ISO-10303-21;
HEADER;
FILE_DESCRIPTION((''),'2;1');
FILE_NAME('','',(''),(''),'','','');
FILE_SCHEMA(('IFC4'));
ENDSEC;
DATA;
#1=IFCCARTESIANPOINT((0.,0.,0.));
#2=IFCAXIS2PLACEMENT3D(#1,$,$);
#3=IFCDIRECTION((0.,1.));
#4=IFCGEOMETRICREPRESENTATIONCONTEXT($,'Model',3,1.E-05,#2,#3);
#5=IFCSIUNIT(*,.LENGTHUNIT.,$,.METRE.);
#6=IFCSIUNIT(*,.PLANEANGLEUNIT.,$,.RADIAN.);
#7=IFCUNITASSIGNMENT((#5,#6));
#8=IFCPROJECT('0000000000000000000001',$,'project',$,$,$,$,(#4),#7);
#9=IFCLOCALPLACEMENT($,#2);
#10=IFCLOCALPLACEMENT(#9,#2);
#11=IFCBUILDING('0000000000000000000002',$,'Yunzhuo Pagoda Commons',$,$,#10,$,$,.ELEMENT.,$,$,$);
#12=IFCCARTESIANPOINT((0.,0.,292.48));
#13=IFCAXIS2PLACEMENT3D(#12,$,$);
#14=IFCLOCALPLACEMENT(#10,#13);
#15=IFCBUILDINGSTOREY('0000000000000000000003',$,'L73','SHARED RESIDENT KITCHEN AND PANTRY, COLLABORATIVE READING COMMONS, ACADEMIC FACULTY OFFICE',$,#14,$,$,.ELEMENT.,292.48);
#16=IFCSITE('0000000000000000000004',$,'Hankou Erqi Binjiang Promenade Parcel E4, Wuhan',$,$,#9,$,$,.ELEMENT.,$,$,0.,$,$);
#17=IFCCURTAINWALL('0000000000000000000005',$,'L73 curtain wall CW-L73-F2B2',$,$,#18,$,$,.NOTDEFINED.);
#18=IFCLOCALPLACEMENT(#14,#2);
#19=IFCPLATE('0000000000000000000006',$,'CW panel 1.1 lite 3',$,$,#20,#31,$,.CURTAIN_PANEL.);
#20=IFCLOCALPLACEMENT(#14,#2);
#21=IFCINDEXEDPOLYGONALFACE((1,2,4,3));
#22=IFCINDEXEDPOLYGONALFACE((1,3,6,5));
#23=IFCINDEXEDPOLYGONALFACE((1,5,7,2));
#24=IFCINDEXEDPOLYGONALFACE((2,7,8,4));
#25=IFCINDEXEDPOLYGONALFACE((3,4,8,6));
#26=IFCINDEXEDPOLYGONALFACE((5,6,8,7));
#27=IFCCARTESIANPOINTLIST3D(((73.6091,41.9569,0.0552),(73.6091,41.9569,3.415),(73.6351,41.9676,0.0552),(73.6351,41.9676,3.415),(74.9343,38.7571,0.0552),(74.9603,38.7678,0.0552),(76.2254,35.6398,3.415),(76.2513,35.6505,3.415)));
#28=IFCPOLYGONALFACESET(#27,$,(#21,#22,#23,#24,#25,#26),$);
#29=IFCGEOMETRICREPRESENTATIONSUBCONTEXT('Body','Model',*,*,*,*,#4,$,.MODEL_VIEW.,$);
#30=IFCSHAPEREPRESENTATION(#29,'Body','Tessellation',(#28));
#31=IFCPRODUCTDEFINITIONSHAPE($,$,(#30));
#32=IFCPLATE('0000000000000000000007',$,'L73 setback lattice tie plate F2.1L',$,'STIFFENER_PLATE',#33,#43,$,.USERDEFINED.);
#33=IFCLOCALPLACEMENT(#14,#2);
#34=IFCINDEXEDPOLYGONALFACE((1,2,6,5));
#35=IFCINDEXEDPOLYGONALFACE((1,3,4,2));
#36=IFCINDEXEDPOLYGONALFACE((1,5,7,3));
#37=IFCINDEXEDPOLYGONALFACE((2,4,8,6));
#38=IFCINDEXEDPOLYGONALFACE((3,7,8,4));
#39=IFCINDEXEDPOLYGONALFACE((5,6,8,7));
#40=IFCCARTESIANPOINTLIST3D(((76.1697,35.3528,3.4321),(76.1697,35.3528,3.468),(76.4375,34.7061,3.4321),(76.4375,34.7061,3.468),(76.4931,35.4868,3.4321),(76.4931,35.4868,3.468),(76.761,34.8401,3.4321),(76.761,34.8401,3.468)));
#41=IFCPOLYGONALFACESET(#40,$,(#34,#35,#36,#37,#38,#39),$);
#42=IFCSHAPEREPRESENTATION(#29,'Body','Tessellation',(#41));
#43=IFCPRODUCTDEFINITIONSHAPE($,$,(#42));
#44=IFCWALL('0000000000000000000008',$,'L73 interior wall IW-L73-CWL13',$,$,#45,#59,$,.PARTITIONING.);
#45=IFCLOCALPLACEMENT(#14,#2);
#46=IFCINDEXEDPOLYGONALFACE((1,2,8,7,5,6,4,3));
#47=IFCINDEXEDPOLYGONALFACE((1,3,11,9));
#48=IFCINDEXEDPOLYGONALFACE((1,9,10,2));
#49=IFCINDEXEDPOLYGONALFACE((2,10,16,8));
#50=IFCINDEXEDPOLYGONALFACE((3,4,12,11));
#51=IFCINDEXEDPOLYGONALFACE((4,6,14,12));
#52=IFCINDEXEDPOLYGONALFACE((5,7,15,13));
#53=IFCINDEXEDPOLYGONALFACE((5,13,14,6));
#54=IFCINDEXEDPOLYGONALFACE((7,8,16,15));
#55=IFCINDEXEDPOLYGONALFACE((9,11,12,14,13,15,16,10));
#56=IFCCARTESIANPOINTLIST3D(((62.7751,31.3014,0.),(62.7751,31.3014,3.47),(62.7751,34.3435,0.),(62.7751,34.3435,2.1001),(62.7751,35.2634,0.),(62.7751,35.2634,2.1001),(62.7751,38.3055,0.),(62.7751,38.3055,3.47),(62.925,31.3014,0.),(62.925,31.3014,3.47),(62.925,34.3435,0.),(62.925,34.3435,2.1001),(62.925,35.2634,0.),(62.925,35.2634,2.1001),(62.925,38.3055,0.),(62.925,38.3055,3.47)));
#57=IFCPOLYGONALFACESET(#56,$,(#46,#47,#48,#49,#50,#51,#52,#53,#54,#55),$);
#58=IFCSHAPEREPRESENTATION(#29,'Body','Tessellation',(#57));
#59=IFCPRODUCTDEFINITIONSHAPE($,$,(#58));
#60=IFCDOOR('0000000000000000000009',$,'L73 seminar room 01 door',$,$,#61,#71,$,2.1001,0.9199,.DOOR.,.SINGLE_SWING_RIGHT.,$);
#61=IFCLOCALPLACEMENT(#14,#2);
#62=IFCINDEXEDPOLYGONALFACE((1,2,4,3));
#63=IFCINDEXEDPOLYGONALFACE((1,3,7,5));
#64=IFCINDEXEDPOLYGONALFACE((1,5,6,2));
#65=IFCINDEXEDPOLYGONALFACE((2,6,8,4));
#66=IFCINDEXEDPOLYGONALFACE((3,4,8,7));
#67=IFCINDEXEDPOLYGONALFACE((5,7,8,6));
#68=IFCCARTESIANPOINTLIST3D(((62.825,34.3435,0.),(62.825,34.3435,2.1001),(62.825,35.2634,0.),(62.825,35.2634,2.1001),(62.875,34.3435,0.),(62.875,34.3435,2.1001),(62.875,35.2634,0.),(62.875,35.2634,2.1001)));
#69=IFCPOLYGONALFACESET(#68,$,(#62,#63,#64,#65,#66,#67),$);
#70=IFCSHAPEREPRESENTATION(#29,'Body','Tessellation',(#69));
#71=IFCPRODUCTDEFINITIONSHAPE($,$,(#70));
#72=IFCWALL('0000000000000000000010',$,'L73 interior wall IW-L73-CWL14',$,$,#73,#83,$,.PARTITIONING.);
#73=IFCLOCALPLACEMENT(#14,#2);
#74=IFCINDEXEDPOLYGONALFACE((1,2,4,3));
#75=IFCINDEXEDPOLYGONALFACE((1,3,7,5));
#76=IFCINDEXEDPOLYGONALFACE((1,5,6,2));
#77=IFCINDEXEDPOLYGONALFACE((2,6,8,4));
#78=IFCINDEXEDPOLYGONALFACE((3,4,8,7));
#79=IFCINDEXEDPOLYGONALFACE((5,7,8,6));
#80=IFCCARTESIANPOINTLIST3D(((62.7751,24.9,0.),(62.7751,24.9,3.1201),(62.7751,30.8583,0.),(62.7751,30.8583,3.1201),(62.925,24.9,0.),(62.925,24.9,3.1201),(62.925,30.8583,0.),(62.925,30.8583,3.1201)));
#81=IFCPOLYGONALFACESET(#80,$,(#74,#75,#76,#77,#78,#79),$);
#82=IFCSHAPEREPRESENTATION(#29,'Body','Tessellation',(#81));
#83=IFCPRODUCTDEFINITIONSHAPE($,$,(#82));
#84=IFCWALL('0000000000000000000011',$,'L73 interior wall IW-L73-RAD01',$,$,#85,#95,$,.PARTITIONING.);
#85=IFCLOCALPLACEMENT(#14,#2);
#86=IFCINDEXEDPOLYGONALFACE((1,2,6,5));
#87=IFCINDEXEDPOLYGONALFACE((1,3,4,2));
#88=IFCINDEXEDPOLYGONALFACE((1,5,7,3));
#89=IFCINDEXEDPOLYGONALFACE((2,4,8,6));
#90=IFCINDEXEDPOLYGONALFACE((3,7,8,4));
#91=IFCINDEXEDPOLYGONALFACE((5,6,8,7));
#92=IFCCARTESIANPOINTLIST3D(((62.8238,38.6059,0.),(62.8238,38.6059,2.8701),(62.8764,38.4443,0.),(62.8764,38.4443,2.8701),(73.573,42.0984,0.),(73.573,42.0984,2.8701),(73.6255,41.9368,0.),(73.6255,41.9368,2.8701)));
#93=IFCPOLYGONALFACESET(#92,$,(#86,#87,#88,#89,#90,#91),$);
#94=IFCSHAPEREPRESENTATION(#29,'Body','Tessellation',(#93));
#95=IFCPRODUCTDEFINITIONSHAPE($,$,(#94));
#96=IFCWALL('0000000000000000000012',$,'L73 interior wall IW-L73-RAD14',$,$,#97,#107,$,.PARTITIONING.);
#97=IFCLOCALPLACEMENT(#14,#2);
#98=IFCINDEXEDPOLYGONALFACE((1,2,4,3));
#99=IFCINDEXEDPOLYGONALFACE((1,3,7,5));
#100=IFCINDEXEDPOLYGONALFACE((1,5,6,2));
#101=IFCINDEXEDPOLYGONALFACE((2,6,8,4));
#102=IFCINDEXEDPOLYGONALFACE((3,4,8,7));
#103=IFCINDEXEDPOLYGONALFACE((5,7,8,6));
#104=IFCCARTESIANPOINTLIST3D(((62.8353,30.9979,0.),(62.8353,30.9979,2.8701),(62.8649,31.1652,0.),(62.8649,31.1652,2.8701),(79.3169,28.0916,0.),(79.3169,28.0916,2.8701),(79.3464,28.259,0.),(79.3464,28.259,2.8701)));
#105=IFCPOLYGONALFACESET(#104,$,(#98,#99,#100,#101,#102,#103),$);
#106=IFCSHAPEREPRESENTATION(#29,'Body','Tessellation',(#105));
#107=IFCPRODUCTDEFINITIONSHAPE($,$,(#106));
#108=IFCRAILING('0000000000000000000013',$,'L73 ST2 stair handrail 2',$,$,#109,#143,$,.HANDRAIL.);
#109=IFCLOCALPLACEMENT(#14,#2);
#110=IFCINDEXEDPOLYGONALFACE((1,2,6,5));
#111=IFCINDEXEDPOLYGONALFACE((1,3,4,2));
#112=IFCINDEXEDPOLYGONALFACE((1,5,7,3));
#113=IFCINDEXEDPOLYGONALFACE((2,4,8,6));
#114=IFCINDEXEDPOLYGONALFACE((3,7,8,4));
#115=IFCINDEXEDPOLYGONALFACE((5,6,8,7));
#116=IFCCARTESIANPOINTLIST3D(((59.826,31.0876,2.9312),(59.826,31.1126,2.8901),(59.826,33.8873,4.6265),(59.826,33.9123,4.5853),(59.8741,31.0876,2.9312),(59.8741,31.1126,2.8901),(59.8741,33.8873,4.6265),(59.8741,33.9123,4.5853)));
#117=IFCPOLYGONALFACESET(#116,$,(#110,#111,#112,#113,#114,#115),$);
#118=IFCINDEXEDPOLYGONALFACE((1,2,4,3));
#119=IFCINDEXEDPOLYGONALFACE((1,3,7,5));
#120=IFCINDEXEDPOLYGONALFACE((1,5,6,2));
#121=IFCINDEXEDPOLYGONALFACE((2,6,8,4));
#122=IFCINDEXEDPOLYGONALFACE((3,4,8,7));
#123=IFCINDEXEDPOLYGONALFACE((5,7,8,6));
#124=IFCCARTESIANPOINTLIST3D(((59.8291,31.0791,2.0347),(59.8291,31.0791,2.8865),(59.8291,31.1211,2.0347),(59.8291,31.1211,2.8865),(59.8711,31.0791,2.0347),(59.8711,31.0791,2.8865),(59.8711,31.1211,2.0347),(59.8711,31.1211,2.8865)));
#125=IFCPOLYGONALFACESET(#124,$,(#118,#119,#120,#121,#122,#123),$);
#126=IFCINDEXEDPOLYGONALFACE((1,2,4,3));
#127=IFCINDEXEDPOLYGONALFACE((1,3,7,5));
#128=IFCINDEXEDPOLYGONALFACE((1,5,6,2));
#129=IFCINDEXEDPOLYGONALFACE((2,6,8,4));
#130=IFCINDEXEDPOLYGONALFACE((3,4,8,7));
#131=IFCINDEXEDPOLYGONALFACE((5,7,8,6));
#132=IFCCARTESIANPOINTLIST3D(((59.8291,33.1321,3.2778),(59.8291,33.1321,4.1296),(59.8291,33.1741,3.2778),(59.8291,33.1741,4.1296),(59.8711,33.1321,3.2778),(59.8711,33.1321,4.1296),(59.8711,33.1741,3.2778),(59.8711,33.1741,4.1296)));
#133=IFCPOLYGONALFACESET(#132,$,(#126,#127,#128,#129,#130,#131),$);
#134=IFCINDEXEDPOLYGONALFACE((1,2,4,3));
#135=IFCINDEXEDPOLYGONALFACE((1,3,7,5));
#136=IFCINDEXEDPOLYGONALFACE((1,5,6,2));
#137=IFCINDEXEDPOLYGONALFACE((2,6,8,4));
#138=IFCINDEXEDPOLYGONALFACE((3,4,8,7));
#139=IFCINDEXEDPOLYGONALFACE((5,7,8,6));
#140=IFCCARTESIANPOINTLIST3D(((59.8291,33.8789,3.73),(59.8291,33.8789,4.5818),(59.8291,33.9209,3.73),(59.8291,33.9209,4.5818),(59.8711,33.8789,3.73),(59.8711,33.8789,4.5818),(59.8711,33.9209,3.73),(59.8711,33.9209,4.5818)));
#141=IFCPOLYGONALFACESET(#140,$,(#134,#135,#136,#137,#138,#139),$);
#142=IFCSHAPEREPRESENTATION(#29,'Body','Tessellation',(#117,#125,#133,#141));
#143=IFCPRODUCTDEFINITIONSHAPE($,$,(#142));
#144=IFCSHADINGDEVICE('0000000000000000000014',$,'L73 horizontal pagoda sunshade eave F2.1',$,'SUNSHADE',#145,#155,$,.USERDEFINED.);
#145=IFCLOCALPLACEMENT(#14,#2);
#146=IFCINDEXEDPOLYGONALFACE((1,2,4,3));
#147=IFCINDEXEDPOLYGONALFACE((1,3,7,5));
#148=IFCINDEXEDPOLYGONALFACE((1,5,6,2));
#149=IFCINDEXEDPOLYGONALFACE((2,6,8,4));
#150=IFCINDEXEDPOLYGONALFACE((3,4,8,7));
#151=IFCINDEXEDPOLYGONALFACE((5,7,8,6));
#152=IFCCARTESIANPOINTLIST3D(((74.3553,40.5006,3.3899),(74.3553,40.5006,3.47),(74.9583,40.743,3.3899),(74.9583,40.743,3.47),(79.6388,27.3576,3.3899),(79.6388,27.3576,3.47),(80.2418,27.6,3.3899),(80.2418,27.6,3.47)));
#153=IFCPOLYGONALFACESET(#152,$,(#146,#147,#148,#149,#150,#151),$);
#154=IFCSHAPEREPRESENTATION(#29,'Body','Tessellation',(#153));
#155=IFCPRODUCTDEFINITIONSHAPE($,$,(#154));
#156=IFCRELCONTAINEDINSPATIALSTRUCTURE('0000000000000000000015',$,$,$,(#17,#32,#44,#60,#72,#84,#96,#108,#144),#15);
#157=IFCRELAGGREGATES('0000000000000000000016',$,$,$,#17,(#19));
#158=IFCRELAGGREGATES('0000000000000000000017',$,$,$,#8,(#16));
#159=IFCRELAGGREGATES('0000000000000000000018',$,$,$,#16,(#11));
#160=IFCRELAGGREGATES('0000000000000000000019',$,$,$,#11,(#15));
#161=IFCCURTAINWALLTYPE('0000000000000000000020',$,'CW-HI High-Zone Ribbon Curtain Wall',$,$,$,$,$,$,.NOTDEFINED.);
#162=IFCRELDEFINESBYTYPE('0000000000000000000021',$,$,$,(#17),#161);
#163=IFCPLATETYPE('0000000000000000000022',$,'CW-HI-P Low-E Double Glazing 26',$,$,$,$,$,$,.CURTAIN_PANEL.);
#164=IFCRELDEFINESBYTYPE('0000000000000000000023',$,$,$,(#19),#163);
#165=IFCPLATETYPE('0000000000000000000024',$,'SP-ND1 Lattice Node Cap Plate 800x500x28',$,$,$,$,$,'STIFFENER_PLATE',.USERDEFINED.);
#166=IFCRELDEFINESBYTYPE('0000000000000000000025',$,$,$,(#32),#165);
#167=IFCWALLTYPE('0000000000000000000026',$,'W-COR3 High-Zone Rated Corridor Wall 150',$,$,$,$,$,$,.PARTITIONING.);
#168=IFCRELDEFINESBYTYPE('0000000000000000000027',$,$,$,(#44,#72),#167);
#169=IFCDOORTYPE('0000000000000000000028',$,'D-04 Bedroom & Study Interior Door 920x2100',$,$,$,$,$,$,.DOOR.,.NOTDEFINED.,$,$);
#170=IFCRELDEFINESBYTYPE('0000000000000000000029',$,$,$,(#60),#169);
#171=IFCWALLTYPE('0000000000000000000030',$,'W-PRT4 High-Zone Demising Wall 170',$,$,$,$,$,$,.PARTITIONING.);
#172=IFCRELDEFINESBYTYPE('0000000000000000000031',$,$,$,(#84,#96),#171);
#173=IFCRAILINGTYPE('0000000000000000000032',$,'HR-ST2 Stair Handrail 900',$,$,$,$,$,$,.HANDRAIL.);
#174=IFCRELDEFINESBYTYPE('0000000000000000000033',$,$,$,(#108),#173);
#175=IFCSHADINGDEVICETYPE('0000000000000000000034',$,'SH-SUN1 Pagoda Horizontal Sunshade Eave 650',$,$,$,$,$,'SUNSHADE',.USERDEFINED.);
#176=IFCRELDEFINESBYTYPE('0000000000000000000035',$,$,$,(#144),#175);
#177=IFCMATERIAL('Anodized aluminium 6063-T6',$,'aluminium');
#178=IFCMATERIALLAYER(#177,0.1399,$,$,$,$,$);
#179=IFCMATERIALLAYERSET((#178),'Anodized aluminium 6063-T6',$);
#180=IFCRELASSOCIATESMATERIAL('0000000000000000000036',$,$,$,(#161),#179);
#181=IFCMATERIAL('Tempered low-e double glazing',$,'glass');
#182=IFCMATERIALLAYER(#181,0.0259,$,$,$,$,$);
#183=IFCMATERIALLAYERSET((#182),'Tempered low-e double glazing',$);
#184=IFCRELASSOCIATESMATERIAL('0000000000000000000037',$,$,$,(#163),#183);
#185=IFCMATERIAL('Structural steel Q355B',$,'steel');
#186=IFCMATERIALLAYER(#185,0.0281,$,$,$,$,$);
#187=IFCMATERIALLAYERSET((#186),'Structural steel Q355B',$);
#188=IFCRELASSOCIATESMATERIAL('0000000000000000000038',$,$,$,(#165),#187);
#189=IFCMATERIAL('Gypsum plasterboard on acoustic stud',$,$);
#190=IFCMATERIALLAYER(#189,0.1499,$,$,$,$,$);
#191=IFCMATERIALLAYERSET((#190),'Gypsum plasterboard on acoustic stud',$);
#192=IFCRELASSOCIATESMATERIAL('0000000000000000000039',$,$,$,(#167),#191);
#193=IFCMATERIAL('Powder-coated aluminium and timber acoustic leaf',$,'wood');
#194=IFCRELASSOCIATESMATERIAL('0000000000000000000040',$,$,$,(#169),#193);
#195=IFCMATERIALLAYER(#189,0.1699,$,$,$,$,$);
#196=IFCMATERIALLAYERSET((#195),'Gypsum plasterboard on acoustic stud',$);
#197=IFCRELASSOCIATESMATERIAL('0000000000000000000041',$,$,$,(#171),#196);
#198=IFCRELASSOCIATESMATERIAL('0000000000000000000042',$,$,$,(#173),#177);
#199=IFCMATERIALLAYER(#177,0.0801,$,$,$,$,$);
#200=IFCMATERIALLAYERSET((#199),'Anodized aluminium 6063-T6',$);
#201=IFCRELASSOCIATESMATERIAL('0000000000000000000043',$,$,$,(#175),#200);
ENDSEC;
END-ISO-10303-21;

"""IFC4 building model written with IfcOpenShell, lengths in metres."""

from ifc_helpers import new_model, si_unit, direction, frame, frame_2d, origin, origin_with_axes, origin_2d, place, context, subcontext, project, spatial, polyline, rectangle, outline, extrude, source, transform, mapped, material, layer, layer_set, type_object, element, fill, aggregate, save


model = new_model("IFC4")

# Units and contexts
model_context = context("Model", 3, precision=1e-05, world=origin(), true_north=direction((0.0, 1.0)))
body_context = subcontext(model_context, "Body", "Model", "MODEL_VIEW")
ifc_project = project(units=[si_unit("LENGTHUNIT", "METRE"), si_unit("PLANEANGLEUNIT", "RADIAN")], contexts=[model_context])

# Site, building, storey
site_placement = place(None, origin())
site = spatial("IfcSite", under=ifc_project, at=site_placement, Name="Hankou Erqi Binjiang Promenade Parcel E4, Wuhan", CompositionType="ELEMENT", RefElevation=0.0)
building_placement = place(site_placement, origin())
building = spatial("IfcBuilding", under=site, at=building_placement, Name="Yunzhuo Pagoda Commons", CompositionType="ELEMENT")
storey_placement = place(building_placement, frame((0.0, 0.0, 292.48)))
storey = spatial("IfcBuildingStorey", under=building, at=storey_placement, Name="L73", Description="SHARED RESIDENT KITCHEN AND PANTRY, COLLABORATIVE READING COMMONS, ACADEMIC FACULTY OFFICE", CompositionType="ELEMENT", Elevation=292.48)

# Shared definitions
ifc_material_1 = material(Name="Structural steel Q355B", Category="steel")

# Curtain wall
ifc_material_2 = material(Name="Anodized aluminium 6063-T6", Category="aluminium")
ifc_layer_1 = layer(ifc_material_2, 0.1399)
ifc_layer_set_1 = layer_set([ifc_layer_1], Name="Anodized aluminium 6063-T6")
curtain_wall_type = type_object("IfcCurtainWallType", Name="CW-HI High-Zone Ribbon Curtain Wall", PredefinedType="NOTDEFINED", material=ifc_layer_set_1)
curtain_wall_1_placement = place(storey_placement, origin())
curtain_wall_1 = element("IfcCurtainWall", 1, at=curtain_wall_1_placement, inside=storey, type_object=curtain_wall_type, Name="L73 curtain wall CW-L73-F2B2", PredefinedType="NOTDEFINED")

# Plates
ifc_material_3 = material(Name="Tempered low-e double glazing", Category="glass")
ifc_layer_2 = layer(ifc_material_3, 0.0259)
ifc_layer_set_2 = layer_set([ifc_layer_2], Name="Tempered low-e double glazing")
plate_type_1 = type_object("IfcPlateType", Name="CW-HI-P Low-E Double Glazing 26", PredefinedType="CURTAIN_PANEL", material=ifc_layer_set_2)
plate_1_placement = place(storey_placement, frame((74.9172, 38.7983, 1.7351), z_axis=(0.923899, 0.382636, 0.0), x_axis=(-0.382636, 0.923899, 0.0)))
plate_1 = element("IfcPlate", 2, at=plate_1_placement, type_object=plate_type_1, Name="CW panel 1.1 lite 3", PredefinedType="CURTAIN_PANEL", context=body_context, shape_type="SweptSolid", body=[
    extrude(outline(polyline([(-3.4187, 1.6799), (-0.0447, -1.6799), (3.4187, -1.6799), (3.4187, 1.6799), (-3.4187, 1.6799)])), origin(), (0.0, 0.0, 1.0), 0.0281),
])
aggregate(curtain_wall_1, [plate_1])
ifc_layer_3 = layer(ifc_material_1, 0.0281)
ifc_layer_set_3 = layer_set([ifc_layer_3], Name="Structural steel Q355B")
plate_type_2 = type_object("IfcPlateType", Name="SP-ND1 Lattice Node Cap Plate 800x500x28", ElementType="STIFFENER_PLATE", PredefinedType="USERDEFINED", material=ifc_layer_set_3)
shared_shape_1 = source(origin(), body_context, "Body", "SweptSolid", [
    extrude(rectangle(XDim=0.7, YDim=0.3501, at=origin_2d()), origin(), (0.0, 0.0, 1.0), 0.0359),
])
plate_2_placement = place(storey_placement, frame((76.4653, 35.0964, 3.4321), z_axis=(0.0, 0.0, 1.0), x_axis=(-0.382635, 0.9239, 0.0)))
element("IfcPlate", 3, at=plate_2_placement, inside=storey, type_object=plate_type_2, Name="L73 setback lattice tie plate F2.1L", ObjectType="STIFFENER_PLATE", PredefinedType="USERDEFINED", context=body_context, shape_type="MappedRepresentation", body=[
    mapped(shared_shape_1, transform((0.0, 0.0, 0.0), scale=1.0)),
])

# Wall, opening, door
ifc_material_4 = material(Name="Gypsum plasterboard on acoustic stud")
ifc_layer_4 = layer(ifc_material_4, 0.1499)
ifc_layer_set_4 = layer_set([ifc_layer_4], Name="Gypsum plasterboard on acoustic stud")
wall_type_1 = type_object("IfcWallType", Name="W-COR3 High-Zone Rated Corridor Wall 150", PredefinedType="PARTITIONING", material=ifc_layer_set_4)
wall_1_placement = place(storey_placement, frame((62.8501, 38.3054, 0.0), z_axis=(0.0, 0.0, 1.0), x_axis=(0.0, -1.0, 0.0)))
wall_1 = element("IfcWall", 4, at=wall_1_placement, inside=storey, type_object=wall_type_1, Name="L73 interior wall IW-L73-CWL13", PredefinedType="PARTITIONING", context=body_context, shape_type="SweptSolid", body=[
    extrude(rectangle(XDim=7.0042, YDim=0.1499, at=frame_2d((3.502, 0.0))), origin(), (0.0, 0.0, 1.0), 3.47),
])
opening_placement = place(wall_1_placement, frame((3.042, 0.0, 0.0)))
opening = element("IfcOpeningElement", 5, at=opening_placement, cuts=wall_1, PredefinedType="OPENING", context=body_context, shape_type="SweptSolid", body=[
    extrude(rectangle(XDim=0.9199, YDim=2.1001, at=frame_2d((0.46, 1.05))), frame((0.0, 0.085, 0.0), z_axis=(0.0, -1.0, 0.0), x_axis=(1.0, 0.0, 0.0)), (0.0, 0.0, 1.0), 0.1699),
])
ifc_material_5 = material(Name="Powder-coated aluminium and timber acoustic leaf", Category="wood")
door_type = type_object("IfcDoorType", Name="D-04 Bedroom & Study Interior Door 920x2100", OperationType="NOTDEFINED", PredefinedType="DOOR", material=ifc_material_5)
shared_shape_2 = source(origin(), body_context, "Body", "SweptSolid", [
    extrude(rectangle(XDim=0.9199, YDim=2.1001, at=frame_2d((0.46, 1.05))), frame((0.0, 0.0249, 0.0), z_axis=(0.0, -1.0, 0.0), x_axis=(1.0, 0.0, 0.0)), (0.0, 0.0, 1.0), 0.05),
])
door_placement = place(opening_placement, origin_with_axes())
door = element("IfcDoor", 6, at=door_placement, inside=storey, type_object=door_type, Name="L73 seminar room 01 door", OperationType="SINGLE_SWING_RIGHT", OverallHeight=2.1001, OverallWidth=0.9199, PredefinedType="DOOR", context=body_context, shape_type="MappedRepresentation", body=[
    mapped(shared_shape_2, transform((0.0, 0.0, 0.0), scale=1.0)),
])
fill(opening, door)

# Walls
wall_2_placement = place(storey_placement, frame((62.8501, 30.8582, 0.0), z_axis=(0.0, 0.0, 1.0), x_axis=(0.0, -1.0, 0.0)))
element("IfcWall", 7, at=wall_2_placement, inside=storey, type_object=wall_type_1, Name="L73 interior wall IW-L73-CWL14", PredefinedType="PARTITIONING", context=body_context, shape_type="SweptSolid", body=[
    extrude(rectangle(XDim=5.9583, YDim=0.1499, at=frame_2d((2.979, 0.0))), origin(), (0.0, 0.0, 1.0), 3.1201),
])
ifc_layer_5 = layer(ifc_material_4, 0.1699)
ifc_layer_set_5 = layer_set([ifc_layer_5], Name="Gypsum plasterboard on acoustic stud")
wall_type_2 = type_object("IfcWallType", Name="W-PRT4 High-Zone Demising Wall 170", PredefinedType="PARTITIONING", material=ifc_layer_set_5)
wall_3_placement = place(storey_placement, frame((62.8501, 38.5251, 0.0), z_axis=(0.0, 0.0, 1.0), x_axis=(0.95106, 0.309006, 0.0)))
element("IfcWall", 8, at=wall_3_placement, inside=storey, type_object=wall_type_2, Name="L73 interior wall IW-L73-RAD01", PredefinedType="PARTITIONING", context=body_context, shape_type="SweptSolid", body=[
    extrude(rectangle(XDim=11.3022, YDim=0.1699, at=frame_2d((5.6511, 0.0))), origin(), (0.0, 0.0, 1.0), 2.8701),
])
wall_4_placement = place(storey_placement, frame((62.8501, 31.0815, 0.0), z_axis=(0.0, 0.0, 1.0), x_axis=(0.984807, -0.173653, 0.0)))
element("IfcWall", 9, at=wall_4_placement, inside=storey, type_object=wall_type_2, Name="L73 interior wall IW-L73-RAD14", PredefinedType="PARTITIONING", context=body_context, shape_type="SweptSolid", body=[
    extrude(rectangle(XDim=16.7358, YDim=0.1699, at=frame_2d((8.3679, 0.0))), origin(), (0.0, 0.0, 1.0), 2.8701),
])

# Railing
railing_type = type_object("IfcRailingType", Name="HR-ST2 Stair Handrail 900", PredefinedType="HANDRAIL", material=ifc_material_2)
railing_placement = place(storey_placement, frame((59.8501, 31.1001, 2.0347)))
element("IfcRailing", 10, at=railing_placement, inside=storey, type_object=railing_type, Name="L73 ST2 stair handrail 2", PredefinedType="HANDRAIL", context=body_context, shape_type="SweptSolid", body=[
    extrude(rectangle(XDim=0.0481, YDim=0.0481, at=origin_2d()), frame((0.0, 0.0, 0.876), z_axis=(0.0, 0.855406, 0.517958), x_axis=(-1.0, 0.0, 0.0)), (0.0, 0.0, 1.0), 3.2729),
    extrude(rectangle(XDim=0.042, YDim=0.042, at=origin_2d()), origin(), (0.0, 0.0, 1.0), 0.8518),
    extrude(rectangle(XDim=0.042, YDim=0.042, at=origin_2d()), frame((0.0, 2.053, 1.2432)), (0.0, 0.0, 1.0), 0.8518),
    extrude(rectangle(XDim=0.042, YDim=0.042, at=origin_2d()), frame((0.0, 2.7998, 1.6953)), (0.0, 0.0, 1.0), 0.8518),
])

# Shading device
ifc_layer_6 = layer(ifc_material_2, 0.0801)
ifc_layer_set_6 = layer_set([ifc_layer_6], Name="Anodized aluminium 6063-T6")
shading_device_type = type_object("IfcShadingDeviceType", Name="SH-SUN1 Pagoda Horizontal Sunshade Eave 650", ElementType="SUNSHADE", PredefinedType="USERDEFINED", material=ifc_layer_set_6)
shared_shape_3 = source(origin(), body_context, "Body", "SweptSolid", [
    extrude(rectangle(XDim=14.1653, YDim=0.6499, at=origin_2d()), origin(), (0.0, 0.0, 1.0), 0.0801),
])
shading_device_placement = place(storey_placement, frame((77.2986, 34.0503, 3.3899), z_axis=(0.0, 0.0, 1.0), x_axis=(-0.372988, 0.927836, 0.0)))
element("IfcShadingDevice", 11, at=shading_device_placement, inside=storey, type_object=shading_device_type, Name="L73 horizontal pagoda sunshade eave F2.1", ObjectType="SUNSHADE", PredefinedType="USERDEFINED", context=body_context, shape_type="MappedRepresentation", body=[
    mapped(shared_shape_3, transform((0.0, 0.0, 0.0), scale=1.0)),
])

save(model, "model.ifc")
